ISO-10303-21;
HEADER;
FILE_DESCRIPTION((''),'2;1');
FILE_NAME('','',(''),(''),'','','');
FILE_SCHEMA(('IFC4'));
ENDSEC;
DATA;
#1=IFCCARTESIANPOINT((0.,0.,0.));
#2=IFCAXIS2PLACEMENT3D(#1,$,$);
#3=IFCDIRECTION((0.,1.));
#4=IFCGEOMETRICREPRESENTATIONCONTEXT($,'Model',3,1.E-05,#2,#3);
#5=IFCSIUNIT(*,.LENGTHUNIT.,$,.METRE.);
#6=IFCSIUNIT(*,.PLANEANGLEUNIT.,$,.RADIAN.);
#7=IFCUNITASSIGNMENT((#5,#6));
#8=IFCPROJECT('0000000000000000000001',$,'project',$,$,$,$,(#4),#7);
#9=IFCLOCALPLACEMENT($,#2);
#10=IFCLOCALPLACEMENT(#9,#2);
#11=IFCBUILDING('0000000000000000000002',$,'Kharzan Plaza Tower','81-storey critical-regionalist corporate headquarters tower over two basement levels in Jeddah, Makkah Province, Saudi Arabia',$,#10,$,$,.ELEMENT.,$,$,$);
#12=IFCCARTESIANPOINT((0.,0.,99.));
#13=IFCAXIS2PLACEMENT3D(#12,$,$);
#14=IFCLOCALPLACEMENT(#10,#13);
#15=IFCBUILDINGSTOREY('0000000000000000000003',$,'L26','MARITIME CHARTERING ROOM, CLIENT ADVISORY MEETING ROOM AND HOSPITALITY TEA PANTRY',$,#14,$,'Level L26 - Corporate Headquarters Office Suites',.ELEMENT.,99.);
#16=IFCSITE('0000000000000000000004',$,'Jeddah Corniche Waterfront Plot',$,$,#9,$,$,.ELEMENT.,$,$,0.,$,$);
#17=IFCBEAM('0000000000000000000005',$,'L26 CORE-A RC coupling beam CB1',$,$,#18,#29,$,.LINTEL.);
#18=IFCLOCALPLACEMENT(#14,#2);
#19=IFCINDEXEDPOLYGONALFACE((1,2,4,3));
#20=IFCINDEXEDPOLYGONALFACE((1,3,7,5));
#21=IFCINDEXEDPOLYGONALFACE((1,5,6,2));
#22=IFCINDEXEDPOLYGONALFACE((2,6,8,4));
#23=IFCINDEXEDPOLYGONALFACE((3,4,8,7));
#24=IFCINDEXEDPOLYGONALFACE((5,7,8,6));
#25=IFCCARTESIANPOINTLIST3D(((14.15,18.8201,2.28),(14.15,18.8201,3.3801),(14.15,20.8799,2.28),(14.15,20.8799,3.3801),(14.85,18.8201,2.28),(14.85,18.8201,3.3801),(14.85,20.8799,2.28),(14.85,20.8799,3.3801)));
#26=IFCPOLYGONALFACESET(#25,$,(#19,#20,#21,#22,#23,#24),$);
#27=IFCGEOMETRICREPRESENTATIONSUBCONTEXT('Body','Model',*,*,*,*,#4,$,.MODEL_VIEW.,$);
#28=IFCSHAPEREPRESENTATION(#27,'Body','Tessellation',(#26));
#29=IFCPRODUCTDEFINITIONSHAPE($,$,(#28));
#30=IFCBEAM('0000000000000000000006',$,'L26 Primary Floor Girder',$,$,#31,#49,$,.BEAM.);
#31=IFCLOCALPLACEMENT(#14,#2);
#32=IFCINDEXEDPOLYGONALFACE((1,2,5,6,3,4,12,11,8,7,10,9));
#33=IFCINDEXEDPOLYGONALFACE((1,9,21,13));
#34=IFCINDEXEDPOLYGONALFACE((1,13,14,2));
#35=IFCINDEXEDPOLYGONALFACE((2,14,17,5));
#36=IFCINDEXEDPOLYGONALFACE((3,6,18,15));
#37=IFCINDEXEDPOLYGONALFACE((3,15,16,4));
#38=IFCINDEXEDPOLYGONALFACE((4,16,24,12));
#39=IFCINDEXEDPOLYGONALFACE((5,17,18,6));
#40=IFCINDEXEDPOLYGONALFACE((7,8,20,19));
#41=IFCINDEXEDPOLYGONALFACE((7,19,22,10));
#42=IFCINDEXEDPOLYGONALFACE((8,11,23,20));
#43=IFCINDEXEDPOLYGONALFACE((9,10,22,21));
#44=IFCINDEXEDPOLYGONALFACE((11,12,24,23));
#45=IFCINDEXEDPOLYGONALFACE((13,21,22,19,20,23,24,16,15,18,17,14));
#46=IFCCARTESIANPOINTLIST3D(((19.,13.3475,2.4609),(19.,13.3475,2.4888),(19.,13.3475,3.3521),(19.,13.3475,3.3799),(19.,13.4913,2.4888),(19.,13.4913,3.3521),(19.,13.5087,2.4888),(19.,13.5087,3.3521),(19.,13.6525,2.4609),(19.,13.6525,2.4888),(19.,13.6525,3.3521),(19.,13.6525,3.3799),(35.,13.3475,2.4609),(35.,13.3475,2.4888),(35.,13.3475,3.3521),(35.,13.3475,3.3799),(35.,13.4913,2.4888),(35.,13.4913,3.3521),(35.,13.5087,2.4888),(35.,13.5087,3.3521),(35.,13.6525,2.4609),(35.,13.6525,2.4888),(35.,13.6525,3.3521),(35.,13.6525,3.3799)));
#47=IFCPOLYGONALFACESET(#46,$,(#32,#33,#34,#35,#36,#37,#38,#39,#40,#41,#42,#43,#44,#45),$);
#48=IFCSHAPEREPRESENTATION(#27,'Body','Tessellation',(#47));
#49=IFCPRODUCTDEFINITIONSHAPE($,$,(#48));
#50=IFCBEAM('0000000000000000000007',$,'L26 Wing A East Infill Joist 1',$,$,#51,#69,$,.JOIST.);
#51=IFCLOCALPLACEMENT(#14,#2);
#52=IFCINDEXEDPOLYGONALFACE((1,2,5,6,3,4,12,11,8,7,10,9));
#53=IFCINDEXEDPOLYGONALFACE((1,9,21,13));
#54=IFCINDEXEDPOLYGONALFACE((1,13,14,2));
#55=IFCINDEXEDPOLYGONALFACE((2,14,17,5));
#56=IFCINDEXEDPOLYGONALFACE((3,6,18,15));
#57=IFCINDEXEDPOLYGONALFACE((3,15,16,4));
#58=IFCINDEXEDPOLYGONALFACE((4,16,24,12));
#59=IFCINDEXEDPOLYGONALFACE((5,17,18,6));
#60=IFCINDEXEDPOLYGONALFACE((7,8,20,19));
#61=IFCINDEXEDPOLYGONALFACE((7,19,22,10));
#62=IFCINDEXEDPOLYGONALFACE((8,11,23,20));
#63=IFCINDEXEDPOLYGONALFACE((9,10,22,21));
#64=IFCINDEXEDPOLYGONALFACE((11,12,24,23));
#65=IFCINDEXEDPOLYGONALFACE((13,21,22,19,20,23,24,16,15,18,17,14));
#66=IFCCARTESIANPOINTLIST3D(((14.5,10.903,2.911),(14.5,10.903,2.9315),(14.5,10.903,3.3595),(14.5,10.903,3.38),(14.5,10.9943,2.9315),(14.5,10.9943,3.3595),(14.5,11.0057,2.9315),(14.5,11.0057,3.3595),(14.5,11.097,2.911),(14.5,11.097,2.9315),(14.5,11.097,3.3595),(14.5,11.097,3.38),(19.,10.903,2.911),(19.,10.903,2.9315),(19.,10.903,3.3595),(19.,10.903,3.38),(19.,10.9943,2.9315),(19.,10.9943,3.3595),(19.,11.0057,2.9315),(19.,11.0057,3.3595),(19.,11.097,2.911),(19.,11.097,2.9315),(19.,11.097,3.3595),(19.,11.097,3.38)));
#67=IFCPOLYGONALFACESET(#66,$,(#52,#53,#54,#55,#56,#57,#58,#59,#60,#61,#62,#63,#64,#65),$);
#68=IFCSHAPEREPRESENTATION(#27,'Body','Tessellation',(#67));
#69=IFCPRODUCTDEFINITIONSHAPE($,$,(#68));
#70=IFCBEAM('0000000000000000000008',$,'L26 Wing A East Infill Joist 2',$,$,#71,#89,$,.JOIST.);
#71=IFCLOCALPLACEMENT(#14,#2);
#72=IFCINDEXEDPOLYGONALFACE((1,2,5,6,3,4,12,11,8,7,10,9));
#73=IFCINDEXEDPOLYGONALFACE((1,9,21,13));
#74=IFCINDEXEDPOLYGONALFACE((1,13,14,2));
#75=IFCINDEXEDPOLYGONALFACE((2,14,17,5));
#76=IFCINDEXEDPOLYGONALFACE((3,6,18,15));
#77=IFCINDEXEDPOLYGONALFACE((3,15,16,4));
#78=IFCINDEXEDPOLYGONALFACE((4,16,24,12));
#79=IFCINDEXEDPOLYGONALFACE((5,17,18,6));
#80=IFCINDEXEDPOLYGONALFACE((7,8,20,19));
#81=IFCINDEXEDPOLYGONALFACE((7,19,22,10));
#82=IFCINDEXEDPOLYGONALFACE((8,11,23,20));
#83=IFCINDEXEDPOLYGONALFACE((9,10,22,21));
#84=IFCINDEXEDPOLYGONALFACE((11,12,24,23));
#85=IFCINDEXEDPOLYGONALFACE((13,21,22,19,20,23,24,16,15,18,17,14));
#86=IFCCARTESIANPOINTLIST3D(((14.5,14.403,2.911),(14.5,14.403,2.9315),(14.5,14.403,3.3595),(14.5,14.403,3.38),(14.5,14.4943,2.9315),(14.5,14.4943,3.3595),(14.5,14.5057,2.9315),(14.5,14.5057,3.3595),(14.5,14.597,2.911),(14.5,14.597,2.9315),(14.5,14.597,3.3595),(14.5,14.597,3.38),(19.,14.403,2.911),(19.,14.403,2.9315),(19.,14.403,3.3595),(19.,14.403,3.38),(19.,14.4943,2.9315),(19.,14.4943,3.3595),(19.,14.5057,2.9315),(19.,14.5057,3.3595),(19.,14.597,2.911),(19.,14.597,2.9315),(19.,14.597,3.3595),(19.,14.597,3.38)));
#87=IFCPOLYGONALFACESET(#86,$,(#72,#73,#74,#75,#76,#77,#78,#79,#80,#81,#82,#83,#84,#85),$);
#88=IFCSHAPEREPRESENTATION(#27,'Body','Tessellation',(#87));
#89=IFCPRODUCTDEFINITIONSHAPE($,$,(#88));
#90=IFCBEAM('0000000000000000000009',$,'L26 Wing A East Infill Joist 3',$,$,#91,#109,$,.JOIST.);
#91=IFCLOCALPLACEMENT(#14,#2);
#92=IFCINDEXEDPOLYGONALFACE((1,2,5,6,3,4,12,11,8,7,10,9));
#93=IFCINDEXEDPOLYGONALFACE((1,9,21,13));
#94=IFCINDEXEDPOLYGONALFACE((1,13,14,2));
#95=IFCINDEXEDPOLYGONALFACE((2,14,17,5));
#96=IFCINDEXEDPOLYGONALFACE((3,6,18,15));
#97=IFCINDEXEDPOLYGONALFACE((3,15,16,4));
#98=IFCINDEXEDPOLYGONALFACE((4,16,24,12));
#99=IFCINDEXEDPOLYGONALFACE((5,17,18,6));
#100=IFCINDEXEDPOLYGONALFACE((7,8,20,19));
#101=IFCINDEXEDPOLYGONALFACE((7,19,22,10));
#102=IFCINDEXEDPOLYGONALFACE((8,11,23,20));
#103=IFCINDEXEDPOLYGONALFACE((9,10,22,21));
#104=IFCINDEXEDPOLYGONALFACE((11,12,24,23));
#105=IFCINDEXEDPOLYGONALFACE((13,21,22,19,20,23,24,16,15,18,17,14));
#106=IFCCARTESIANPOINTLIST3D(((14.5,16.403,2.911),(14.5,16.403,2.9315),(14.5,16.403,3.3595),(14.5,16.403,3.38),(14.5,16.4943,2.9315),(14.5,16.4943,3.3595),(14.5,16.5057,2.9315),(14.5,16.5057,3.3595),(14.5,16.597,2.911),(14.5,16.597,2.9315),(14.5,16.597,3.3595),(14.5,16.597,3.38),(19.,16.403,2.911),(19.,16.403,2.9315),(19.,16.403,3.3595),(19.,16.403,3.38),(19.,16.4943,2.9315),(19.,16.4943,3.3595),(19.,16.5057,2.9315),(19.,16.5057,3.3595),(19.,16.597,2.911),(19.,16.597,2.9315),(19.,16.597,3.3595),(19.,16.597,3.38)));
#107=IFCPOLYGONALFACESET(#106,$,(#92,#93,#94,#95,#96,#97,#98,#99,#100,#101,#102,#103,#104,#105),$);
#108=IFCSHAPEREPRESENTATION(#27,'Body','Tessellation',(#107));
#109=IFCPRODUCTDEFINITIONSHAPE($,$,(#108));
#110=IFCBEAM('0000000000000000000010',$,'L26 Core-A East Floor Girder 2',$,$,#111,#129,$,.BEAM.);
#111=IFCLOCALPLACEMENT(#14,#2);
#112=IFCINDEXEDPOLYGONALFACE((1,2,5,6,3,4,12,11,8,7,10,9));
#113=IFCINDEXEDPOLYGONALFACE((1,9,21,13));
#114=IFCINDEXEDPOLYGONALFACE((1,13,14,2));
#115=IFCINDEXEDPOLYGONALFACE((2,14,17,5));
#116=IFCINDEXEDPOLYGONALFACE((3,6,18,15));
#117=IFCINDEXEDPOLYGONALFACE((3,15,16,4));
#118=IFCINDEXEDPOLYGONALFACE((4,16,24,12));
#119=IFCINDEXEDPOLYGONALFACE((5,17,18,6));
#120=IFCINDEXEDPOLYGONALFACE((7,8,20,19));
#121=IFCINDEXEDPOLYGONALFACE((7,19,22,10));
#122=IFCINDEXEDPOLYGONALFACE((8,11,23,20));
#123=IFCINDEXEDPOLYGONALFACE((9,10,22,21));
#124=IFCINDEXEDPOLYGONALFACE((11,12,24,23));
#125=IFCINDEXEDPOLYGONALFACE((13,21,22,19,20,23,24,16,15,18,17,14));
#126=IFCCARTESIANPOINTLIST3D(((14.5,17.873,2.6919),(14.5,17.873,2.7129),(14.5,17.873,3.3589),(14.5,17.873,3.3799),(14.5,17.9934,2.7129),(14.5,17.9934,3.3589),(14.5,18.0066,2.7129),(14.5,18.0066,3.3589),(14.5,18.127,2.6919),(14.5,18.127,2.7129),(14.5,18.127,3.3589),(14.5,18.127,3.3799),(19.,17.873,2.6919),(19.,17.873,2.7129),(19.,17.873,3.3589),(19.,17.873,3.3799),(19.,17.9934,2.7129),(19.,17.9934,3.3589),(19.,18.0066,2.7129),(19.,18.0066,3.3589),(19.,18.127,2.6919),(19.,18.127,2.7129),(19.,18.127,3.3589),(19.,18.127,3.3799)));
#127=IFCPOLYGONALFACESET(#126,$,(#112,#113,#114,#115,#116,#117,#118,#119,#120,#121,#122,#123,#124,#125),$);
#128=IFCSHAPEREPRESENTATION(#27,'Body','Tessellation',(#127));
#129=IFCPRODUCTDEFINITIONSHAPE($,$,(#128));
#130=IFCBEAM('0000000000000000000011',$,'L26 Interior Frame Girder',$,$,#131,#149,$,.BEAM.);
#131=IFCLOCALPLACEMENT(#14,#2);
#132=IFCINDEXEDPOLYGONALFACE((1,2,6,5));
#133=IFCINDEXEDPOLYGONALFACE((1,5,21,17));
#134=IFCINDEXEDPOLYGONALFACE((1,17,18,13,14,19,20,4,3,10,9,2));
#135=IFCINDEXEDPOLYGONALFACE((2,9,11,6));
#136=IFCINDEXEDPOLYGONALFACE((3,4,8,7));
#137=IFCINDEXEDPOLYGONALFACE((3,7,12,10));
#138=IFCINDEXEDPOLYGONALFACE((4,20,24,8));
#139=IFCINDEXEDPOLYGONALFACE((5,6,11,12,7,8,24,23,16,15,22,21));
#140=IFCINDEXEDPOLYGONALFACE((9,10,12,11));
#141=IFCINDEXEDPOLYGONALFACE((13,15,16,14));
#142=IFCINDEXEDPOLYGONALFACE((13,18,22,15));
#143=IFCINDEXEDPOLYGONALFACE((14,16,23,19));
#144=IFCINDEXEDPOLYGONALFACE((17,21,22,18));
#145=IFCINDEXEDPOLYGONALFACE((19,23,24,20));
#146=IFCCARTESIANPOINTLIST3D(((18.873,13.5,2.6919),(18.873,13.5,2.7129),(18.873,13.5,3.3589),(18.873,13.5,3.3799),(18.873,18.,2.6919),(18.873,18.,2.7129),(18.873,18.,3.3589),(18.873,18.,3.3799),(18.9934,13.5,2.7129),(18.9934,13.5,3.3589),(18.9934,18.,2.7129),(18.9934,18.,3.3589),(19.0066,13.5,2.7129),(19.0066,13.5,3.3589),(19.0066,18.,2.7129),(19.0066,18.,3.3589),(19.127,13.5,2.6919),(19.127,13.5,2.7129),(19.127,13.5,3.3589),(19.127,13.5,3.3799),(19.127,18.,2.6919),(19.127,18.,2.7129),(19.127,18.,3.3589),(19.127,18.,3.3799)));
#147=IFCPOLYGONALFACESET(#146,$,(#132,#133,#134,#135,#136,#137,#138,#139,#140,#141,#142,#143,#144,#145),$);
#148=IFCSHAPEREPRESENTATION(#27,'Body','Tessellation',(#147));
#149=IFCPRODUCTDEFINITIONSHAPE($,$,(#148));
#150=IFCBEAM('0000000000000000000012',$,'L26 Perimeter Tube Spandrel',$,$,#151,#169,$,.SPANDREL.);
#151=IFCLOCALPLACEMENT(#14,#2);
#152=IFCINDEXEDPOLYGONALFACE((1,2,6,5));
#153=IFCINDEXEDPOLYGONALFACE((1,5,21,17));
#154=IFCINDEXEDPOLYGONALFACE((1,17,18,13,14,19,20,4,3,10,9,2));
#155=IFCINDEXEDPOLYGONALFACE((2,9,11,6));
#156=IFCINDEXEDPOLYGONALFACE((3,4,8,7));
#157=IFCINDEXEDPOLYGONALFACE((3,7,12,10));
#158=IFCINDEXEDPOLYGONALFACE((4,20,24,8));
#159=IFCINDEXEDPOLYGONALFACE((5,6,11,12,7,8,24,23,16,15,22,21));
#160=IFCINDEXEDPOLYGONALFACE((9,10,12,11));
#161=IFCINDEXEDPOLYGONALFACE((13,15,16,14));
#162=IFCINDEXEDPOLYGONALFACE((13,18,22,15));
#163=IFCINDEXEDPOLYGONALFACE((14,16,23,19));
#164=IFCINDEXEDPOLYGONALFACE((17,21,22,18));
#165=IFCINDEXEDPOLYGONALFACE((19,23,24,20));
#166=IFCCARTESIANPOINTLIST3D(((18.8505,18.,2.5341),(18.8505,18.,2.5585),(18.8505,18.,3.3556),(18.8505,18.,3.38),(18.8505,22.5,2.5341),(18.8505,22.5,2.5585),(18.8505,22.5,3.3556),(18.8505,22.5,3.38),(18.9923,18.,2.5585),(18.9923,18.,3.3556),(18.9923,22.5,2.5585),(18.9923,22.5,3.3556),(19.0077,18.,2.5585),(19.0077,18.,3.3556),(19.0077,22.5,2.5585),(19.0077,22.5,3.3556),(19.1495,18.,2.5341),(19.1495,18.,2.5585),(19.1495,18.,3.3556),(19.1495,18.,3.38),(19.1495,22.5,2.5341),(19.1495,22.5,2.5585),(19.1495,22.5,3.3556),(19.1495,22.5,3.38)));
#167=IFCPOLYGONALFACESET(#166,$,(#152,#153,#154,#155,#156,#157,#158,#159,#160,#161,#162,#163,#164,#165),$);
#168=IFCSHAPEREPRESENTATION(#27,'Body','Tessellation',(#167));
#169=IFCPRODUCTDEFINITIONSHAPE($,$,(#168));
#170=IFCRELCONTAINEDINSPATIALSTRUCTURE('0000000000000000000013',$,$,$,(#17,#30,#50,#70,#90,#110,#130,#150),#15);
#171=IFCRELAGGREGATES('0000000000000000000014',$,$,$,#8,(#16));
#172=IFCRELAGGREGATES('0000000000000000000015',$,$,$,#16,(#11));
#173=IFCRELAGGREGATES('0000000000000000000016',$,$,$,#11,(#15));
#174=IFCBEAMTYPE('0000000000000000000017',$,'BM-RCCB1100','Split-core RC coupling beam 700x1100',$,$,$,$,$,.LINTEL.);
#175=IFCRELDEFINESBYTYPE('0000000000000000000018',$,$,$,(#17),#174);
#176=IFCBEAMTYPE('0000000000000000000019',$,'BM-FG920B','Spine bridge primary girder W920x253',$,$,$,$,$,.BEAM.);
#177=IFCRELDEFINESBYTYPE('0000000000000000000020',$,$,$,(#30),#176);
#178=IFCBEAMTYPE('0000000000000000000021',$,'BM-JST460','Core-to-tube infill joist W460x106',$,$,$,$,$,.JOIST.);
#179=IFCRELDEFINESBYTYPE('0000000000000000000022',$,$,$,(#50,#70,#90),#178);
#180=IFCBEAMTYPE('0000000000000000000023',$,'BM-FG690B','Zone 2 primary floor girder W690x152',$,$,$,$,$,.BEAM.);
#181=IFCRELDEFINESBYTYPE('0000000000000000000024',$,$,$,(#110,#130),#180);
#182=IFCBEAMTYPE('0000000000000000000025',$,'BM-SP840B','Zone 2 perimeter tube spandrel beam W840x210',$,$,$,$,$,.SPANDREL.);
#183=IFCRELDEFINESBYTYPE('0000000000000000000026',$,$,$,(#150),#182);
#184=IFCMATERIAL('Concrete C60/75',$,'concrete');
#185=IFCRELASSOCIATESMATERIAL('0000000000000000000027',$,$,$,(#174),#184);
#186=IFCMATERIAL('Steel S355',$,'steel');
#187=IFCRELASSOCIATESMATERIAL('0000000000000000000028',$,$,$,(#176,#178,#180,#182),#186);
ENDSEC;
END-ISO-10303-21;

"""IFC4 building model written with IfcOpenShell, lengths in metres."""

from ifc_helpers import new_model, si_unit, direction, frame, origin, origin_2d, place, context, subcontext, project, spatial, rectangle, i_section, extrude, source, transform, mapped, material, material_profile, profile_set, type_object, element, save


model = new_model("IFC4")

# Units and contexts
model_context = context("Model", 3, precision=1e-05, world=origin(), true_north=direction((0.0, 1.0)))
body_context = subcontext(model_context, "Body", "Model", "MODEL_VIEW")
ifc_project = project(units=[si_unit("LENGTHUNIT", "METRE"), si_unit("PLANEANGLEUNIT", "RADIAN")], contexts=[model_context])

# Site, building, storey
site_placement = place(None, origin())
site = spatial("IfcSite", under=ifc_project, at=site_placement, Name="Jeddah Corniche Waterfront Plot", CompositionType="ELEMENT", RefElevation=0.0)
building_placement = place(site_placement, origin())
building = spatial("IfcBuilding", under=site, at=building_placement, Name="Kharzan Plaza Tower", Description="81-storey critical-regionalist corporate headquarters tower over two basement levels in Jeddah, Makkah Province, Saudi Arabia", CompositionType="ELEMENT")
storey_placement = place(building_placement, frame((0.0, 0.0, 99.0)))
storey = spatial("IfcBuildingStorey", under=building, at=storey_placement, Name="L26", Description="MARITIME CHARTERING ROOM, CLIENT ADVISORY MEETING ROOM AND HOSPITALITY TEA PANTRY", LongName="Level L26 - Corporate Headquarters Office Suites", CompositionType="ELEMENT", Elevation=99.0)

# Beams
ifc_material_1 = material(Name="Concrete C60/75", Category="concrete")
ifc_material_profile_1 = material_profile(ifc_material_1, rectangle(XDim=0.7, YDim=1.1001, at=origin_2d()), Name="RC-CB1100x700")
ifc_profile_set_1 = profile_set([ifc_material_profile_1], Name="Concrete C60/75")
beam_type_1 = type_object("IfcBeamType", Name="BM-RCCB1100", Description="Split-core RC coupling beam 700x1100", PredefinedType="LINTEL", material=ifc_profile_set_1)
shared_shape_1 = source(origin(), body_context, "Body", "SweptSolid", [
    extrude(rectangle(XDim=0.7, YDim=1.1001, at=origin_2d()), origin(), (0.0, 0.0, 1.0), 2.0598),
])
beam_1_placement = place(storey_placement, frame((14.5, 18.8201, 2.8301), z_axis=(0.0, 1.0, 0.0), x_axis=(-1.0, 0.0, 0.0)))
element("IfcBeam", 1, at=beam_1_placement, inside=storey, type_object=beam_type_1, Name="L26 CORE-A RC coupling beam CB1", PredefinedType="LINTEL", context=body_context, shape_type="MappedRepresentation", body=[
    mapped(shared_shape_1, transform((0.0, 0.0, 0.0), x_axis=(1.0, 0.0, 0.0), y_axis=(0.0, 1.0, 0.0), z_axis=(0.0, 0.0, 1.0))),
])
ifc_material_2 = material(Name="Steel S355", Category="steel")
ifc_material_profile_2 = material_profile(ifc_material_2, i_section(OverallWidth=0.3049, OverallDepth=0.9189, WebThickness=0.0173, FlangeThickness=0.0278, at=origin_2d()), Name="W920x253")
ifc_profile_set_2 = profile_set([ifc_material_profile_2], Name="Steel S355")
beam_type_2 = type_object("IfcBeamType", Name="BM-FG920B", Description="Spine bridge primary girder W920x253", PredefinedType="BEAM", material=ifc_profile_set_2)
shared_shape_2 = source(origin(), body_context, "Body", "SweptSolid", [
    extrude(i_section(OverallWidth=0.3049, OverallDepth=0.9189, WebThickness=0.0173, FlangeThickness=0.0278, at=origin_2d()), origin(), (0.0, 0.0, 1.0), 16.0),
])
beam_2_placement = place(storey_placement, frame((19.0, 13.5, 2.9204), z_axis=(1.0, 0.0, 0.0), x_axis=(0.0, 1.0, 0.0)))
element("IfcBeam", 2, at=beam_2_placement, inside=storey, type_object=beam_type_2, Name="L26 Primary Floor Girder", PredefinedType="BEAM", context=body_context, shape_type="MappedRepresentation", body=[
    mapped(shared_shape_2, transform((0.0, 0.0, 0.0), x_axis=(1.0, 0.0, 0.0), y_axis=(0.0, 1.0, 0.0), z_axis=(0.0, 0.0, 1.0))),
])
ifc_material_profile_3 = material_profile(ifc_material_2, i_section(OverallWidth=0.1941, OverallDepth=0.469, WebThickness=0.0115, FlangeThickness=0.0205, at=origin_2d()), Name="W460x106")
ifc_profile_set_3 = profile_set([ifc_material_profile_3], Name="Steel S355")
beam_type_3 = type_object("IfcBeamType", Name="BM-JST460", Description="Core-to-tube infill joist W460x106", PredefinedType="JOIST", material=ifc_profile_set_3)
shared_shape_3 = source(origin(), body_context, "Body", "SweptSolid", [
    extrude(i_section(OverallWidth=0.1941, OverallDepth=0.469, WebThickness=0.0115, FlangeThickness=0.0205, at=origin_2d()), origin(), (0.0, 0.0, 1.0), 4.5),
])
for number, where, z_axis, x_axis, name in (
    (3, (14.5, 11.0, 3.1455), (1.0, 0.0, 0.0), (0.0, 1.0, 0.0), "L26 Wing A East Infill Joist 1"),
    (4, (14.5, 14.5, 3.1455), (1.0, 0.0, 0.0), (0.0, 1.0, 0.0), "L26 Wing A East Infill Joist 2"),
    (5, (14.5, 16.5, 3.1455), (1.0, 0.0, 0.0), (0.0, 1.0, 0.0), "L26 Wing A East Infill Joist 3"),
):
    element("IfcBeam", number, at=place(storey_placement, frame(where, z_axis=z_axis, x_axis=x_axis)), inside=storey, type_object=beam_type_3, Name=name, PredefinedType="JOIST", context=body_context, shape_type="MappedRepresentation", body=[
        mapped(shared_shape_3, transform((0.0, 0.0, 0.0), x_axis=(1.0, 0.0, 0.0), y_axis=(0.0, 1.0, 0.0), z_axis=(0.0, 0.0, 1.0))),
    ])
ifc_material_profile_4 = material_profile(ifc_material_2, i_section(OverallWidth=0.2539, OverallDepth=0.688, WebThickness=0.0132, FlangeThickness=0.021, at=origin_2d()), Name="W690x152")
ifc_profile_set_4 = profile_set([ifc_material_profile_4], Name="Steel S355")
beam_type_4 = type_object("IfcBeamType", Name="BM-FG690B", Description="Zone 2 primary floor girder W690x152", PredefinedType="BEAM", material=ifc_profile_set_4)
shared_shape_4 = source(origin(), body_context, "Body", "SweptSolid", [
    extrude(i_section(OverallWidth=0.2539, OverallDepth=0.688, WebThickness=0.0132, FlangeThickness=0.021, at=origin_2d()), origin(), (0.0, 0.0, 1.0), 4.5),
])
for number, where, z_axis, x_axis, name in (
    (6, (14.5, 18.0, 3.0359), (1.0, 0.0, 0.0), (0.0, 1.0, 0.0), "L26 Core-A East Floor Girder 2"),
    (7, (19.0, 13.5, 3.0359), (0.0, 1.0, 0.0), (-1.0, 0.0, 0.0), "L26 Interior Frame Girder"),
):
    element("IfcBeam", number, at=place(storey_placement, frame(where, z_axis=z_axis, x_axis=x_axis)), inside=storey, type_object=beam_type_4, Name=name, PredefinedType="BEAM", context=body_context, shape_type="MappedRepresentation", body=[
        mapped(shared_shape_4, transform((0.0, 0.0, 0.0), x_axis=(1.0, 0.0, 0.0), y_axis=(0.0, 1.0, 0.0), z_axis=(0.0, 0.0, 1.0))),
    ])
ifc_material_profile_5 = material_profile(ifc_material_2, i_section(OverallWidth=0.2991, OverallDepth=0.8459, WebThickness=0.0154, FlangeThickness=0.0244, at=origin_2d()), Name="W840x210")
ifc_profile_set_5 = profile_set([ifc_material_profile_5], Name="Steel S355")
beam_type_5 = type_object("IfcBeamType", Name="BM-SP840B", Description="Zone 2 perimeter tube spandrel beam W840x210", PredefinedType="SPANDREL", material=ifc_profile_set_5)
shared_shape_5 = source(origin(), body_context, "Body", "SweptSolid", [
    extrude(i_section(OverallWidth=0.2991, OverallDepth=0.8459, WebThickness=0.0154, FlangeThickness=0.0244, at=origin_2d()), origin(), (0.0, 0.0, 1.0), 4.5),
])
beam_3_placement = place(storey_placement, frame((19.0, 18.0, 2.957), z_axis=(0.0, 1.0, 0.0), x_axis=(-1.0, 0.0, 0.0)))
element("IfcBeam", 8, at=beam_3_placement, inside=storey, type_object=beam_type_5, Name="L26 Perimeter Tube Spandrel", PredefinedType="SPANDREL", context=body_context, shape_type="MappedRepresentation", body=[
    mapped(shared_shape_5, transform((0.0, 0.0, 0.0), x_axis=(1.0, 0.0, 0.0), y_axis=(0.0, 1.0, 0.0), z_axis=(0.0, 0.0, 1.0))),
])

save(model, "model.ifc")
